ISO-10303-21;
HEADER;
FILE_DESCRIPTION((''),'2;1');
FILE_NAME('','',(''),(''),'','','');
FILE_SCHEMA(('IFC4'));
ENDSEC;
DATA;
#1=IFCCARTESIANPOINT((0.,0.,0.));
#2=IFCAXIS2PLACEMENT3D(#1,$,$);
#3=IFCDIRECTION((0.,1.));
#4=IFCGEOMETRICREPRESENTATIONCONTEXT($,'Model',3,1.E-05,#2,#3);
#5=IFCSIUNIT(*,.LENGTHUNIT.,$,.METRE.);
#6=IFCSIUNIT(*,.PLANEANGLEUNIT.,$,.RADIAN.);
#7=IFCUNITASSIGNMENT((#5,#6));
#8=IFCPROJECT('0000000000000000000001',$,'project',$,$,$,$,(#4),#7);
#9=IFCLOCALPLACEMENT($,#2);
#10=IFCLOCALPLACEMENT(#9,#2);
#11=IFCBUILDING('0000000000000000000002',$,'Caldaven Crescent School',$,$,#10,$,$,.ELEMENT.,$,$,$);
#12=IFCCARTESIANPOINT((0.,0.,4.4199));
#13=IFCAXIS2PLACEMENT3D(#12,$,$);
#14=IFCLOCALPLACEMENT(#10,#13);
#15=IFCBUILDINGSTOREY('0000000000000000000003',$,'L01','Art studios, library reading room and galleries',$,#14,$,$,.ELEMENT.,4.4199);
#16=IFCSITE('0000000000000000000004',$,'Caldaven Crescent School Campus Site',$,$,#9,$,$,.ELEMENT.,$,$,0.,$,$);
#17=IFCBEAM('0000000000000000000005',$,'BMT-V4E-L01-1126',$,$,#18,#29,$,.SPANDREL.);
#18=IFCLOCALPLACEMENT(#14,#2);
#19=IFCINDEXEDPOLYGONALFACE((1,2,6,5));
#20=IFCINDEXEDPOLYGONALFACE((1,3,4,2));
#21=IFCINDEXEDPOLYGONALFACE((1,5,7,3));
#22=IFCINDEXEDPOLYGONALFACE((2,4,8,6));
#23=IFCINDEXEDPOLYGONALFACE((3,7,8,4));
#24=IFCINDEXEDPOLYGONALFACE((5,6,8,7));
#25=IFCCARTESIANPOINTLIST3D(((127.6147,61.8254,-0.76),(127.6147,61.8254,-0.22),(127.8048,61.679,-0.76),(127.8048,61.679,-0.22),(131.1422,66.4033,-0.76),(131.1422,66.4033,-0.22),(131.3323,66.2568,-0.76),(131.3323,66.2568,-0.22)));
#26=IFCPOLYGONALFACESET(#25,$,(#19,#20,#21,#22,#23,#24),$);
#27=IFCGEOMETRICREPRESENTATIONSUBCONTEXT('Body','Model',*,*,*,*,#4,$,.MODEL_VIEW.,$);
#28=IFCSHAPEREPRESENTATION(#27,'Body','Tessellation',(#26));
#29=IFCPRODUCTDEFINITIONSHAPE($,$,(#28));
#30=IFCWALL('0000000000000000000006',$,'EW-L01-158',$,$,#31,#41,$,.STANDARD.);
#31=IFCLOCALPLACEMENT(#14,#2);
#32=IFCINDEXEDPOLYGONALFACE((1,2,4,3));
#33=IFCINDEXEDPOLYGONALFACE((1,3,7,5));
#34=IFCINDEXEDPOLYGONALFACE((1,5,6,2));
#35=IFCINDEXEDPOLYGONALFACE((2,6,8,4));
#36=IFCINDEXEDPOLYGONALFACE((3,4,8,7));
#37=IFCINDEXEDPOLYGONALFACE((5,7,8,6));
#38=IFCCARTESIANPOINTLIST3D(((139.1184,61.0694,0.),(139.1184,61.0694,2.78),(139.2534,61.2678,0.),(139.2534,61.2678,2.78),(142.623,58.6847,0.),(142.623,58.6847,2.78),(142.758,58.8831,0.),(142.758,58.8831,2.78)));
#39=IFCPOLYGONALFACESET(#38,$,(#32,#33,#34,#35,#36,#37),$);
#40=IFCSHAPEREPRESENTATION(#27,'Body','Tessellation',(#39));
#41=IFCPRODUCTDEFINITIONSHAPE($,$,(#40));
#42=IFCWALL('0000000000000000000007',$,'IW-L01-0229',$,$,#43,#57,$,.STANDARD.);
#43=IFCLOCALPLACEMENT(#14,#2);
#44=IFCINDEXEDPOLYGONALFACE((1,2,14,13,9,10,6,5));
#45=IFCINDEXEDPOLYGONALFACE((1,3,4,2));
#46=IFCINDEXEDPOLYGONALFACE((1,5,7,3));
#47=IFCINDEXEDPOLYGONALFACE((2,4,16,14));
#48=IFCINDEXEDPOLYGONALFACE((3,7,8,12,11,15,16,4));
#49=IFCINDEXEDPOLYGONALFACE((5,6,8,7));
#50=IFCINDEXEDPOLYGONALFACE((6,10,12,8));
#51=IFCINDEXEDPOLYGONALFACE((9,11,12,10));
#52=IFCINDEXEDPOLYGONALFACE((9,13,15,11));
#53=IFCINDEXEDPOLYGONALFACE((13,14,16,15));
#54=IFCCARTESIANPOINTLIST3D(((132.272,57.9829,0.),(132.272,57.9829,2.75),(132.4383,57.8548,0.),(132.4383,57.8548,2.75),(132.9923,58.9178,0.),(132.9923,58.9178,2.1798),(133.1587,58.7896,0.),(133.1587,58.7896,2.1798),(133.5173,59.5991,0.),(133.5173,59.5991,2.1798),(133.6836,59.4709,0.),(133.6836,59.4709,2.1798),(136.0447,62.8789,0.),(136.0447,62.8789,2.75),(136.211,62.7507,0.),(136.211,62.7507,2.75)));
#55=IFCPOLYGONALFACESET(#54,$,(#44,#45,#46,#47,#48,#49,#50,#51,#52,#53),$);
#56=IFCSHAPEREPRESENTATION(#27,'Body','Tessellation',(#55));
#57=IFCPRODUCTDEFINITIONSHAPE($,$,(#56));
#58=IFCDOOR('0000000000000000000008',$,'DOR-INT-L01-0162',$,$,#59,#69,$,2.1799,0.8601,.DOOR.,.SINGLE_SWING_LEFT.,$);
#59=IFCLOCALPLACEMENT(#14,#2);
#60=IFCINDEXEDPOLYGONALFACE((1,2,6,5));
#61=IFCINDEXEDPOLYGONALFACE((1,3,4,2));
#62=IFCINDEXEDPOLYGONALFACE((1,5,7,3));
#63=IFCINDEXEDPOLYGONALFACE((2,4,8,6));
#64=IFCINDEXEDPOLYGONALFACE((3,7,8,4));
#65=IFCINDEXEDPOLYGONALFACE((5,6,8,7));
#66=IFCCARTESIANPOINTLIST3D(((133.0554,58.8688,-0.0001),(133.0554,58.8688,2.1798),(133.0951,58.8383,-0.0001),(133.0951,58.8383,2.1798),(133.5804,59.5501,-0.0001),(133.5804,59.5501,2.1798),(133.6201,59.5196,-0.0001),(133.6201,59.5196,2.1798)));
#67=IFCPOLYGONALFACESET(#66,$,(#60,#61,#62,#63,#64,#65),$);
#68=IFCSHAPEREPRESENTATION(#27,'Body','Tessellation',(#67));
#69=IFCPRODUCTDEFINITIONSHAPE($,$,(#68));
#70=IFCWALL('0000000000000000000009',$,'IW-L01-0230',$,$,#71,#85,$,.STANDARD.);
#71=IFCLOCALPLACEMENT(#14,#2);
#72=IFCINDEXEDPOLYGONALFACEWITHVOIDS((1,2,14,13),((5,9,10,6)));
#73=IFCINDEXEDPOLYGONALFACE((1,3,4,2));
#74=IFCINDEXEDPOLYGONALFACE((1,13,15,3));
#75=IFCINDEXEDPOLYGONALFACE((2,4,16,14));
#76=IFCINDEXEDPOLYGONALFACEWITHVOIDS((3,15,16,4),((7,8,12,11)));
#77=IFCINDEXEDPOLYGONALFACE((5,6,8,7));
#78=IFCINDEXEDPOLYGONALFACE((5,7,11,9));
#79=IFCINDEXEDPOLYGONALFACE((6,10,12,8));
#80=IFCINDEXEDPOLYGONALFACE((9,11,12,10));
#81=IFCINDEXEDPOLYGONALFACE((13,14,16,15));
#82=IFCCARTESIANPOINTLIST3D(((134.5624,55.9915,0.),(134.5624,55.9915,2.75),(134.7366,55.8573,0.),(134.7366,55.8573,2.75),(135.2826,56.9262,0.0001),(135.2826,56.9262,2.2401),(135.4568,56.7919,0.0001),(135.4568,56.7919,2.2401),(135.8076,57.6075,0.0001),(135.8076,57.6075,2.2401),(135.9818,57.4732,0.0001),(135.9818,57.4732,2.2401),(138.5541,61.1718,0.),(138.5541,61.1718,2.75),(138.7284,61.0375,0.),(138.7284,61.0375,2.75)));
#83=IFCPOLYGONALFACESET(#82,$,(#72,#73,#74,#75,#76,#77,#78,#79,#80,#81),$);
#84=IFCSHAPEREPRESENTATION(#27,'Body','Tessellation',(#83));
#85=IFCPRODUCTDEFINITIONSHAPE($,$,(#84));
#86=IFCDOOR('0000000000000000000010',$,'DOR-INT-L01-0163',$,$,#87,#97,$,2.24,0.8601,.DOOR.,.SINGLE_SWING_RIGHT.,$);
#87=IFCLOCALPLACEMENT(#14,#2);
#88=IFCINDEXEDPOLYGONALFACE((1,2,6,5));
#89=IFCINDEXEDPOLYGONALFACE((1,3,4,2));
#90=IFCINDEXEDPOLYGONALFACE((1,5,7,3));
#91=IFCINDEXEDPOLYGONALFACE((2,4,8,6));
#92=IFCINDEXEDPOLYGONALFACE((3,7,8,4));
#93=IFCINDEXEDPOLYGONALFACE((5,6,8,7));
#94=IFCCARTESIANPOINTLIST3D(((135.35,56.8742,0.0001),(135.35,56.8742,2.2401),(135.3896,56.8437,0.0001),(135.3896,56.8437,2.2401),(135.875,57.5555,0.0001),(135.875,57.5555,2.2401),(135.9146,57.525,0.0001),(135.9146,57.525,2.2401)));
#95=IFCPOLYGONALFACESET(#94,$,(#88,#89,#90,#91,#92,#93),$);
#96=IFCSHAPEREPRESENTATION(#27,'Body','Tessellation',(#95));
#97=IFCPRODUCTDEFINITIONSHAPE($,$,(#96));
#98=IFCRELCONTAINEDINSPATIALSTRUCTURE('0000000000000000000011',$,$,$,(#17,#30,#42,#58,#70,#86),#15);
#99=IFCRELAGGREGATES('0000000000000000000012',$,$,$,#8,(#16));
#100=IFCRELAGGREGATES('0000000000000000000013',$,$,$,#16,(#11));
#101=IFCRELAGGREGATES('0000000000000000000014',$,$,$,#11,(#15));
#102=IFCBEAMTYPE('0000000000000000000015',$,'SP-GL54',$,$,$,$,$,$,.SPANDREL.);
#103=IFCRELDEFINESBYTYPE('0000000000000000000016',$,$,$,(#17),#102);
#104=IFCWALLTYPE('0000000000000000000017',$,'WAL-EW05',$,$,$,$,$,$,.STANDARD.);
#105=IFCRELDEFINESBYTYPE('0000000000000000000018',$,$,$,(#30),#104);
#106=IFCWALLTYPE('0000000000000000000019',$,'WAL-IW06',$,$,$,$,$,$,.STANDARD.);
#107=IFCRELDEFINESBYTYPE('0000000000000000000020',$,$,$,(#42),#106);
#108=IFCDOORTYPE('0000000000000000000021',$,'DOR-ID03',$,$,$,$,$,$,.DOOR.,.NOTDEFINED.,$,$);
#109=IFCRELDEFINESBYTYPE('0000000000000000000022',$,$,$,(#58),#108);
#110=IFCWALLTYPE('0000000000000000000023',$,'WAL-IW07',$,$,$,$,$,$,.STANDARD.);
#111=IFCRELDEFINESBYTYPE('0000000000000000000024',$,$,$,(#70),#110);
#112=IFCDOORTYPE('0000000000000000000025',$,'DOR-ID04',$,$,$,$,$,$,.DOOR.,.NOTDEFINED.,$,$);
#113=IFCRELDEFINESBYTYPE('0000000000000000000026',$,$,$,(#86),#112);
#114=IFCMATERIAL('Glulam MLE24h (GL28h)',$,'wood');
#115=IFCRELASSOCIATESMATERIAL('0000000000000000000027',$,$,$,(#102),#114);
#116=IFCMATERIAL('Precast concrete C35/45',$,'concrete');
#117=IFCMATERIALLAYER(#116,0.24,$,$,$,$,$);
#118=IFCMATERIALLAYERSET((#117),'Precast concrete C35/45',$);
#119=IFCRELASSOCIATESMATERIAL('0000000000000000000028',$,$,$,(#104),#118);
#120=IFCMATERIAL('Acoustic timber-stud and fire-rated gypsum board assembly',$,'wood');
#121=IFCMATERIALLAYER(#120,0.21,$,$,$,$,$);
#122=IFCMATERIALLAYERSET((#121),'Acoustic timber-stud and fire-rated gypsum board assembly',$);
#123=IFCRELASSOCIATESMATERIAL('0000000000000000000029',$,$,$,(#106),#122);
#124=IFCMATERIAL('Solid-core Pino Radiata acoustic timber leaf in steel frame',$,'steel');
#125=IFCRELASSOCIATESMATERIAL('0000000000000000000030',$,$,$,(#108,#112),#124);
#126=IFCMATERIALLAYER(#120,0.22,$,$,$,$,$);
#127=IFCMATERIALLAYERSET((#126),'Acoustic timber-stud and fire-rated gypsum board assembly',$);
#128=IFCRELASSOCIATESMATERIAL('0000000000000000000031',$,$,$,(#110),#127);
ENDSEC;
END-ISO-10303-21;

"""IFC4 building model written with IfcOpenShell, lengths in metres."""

from ifc_helpers import new_model, si_unit, direction, frame, frame_2d, origin, origin_2d, place, context, subcontext, project, spatial, rectangle, extrude, material, layer, layer_set, material_profile, profile_set, type_object, element, fill, save


model = new_model("IFC4")

# Units and contexts
model_context = context("Model", 3, precision=1e-05, world=origin(), true_north=direction((0.0, 1.0)))
body_context = subcontext(model_context, "Body", "Model", "MODEL_VIEW")
ifc_project = project(units=[si_unit("LENGTHUNIT", "METRE"), si_unit("PLANEANGLEUNIT", "RADIAN")], contexts=[model_context])

# Site, building, storey
site_placement = place(None, origin())
site = spatial("IfcSite", under=ifc_project, at=site_placement, Name="Caldaven Crescent School Campus Site", CompositionType="ELEMENT", RefElevation=0.0)
building_placement = place(site_placement, origin())
building = spatial("IfcBuilding", under=site, at=building_placement, Name="Caldaven Crescent School", CompositionType="ELEMENT")
storey_placement = place(building_placement, frame((0.0, 0.0, 4.4199)))
storey = spatial("IfcBuildingStorey", under=building, at=storey_placement, Name="L01", Description="Art studios, library reading room and galleries", CompositionType="ELEMENT", Elevation=4.4199)

# Shared definitions
ifc_material_1 = material(Name="Glulam MLE24h (GL28h)", Category="wood")

# Beam
ifc_material_profile_1 = material_profile(ifc_material_1, rectangle(XDim=0.24, YDim=0.54, at=origin_2d()), Name="MLE 240x540")
ifc_profile_set_1 = profile_set([ifc_material_profile_1], Name="Glulam MLE24h (GL28h)")
beam_type_1 = type_object("IfcBeamType", Name="SP-GL54", PredefinedType="SPANDREL", material=ifc_profile_set_1)
beam_1_placement = place(storey_placement, frame((127.7097, 61.7522, -0.49), z_axis=(0.610378, 0.79211, 0.0), x_axis=(-0.79211, 0.610378, 0.0)))
element("IfcBeam", 1, at=beam_1_placement, inside=storey, type_object=beam_type_1, Name="BMT-V4E-L01-1126", PredefinedType="SPANDREL", context=body_context, shape_type="SweptSolid", body=[
    extrude(rectangle(XDim=0.24, YDim=0.54, at=origin_2d()), origin(), (0.0, 0.0, 1.0), 5.7793),
])

# Wall
ifc_material_2 = material(Name="Precast concrete C35/45", Category="concrete")
ifc_layer_1 = layer(ifc_material_2, 0.24)
ifc_layer_set_1 = layer_set([ifc_layer_1], Name="Precast concrete C35/45")
wall_type_1 = type_object("IfcWallType", Name="WAL-EW05", PredefinedType="STANDARD", material=ifc_layer_set_1)
wall_1_placement = place(storey_placement, frame((139.1858, 61.1687, 0.0), z_axis=(0.0, 0.0, 1.0), x_axis=(0.82675, -0.56257, 0.0)))
element("IfcWall", 2, at=wall_1_placement, inside=storey, type_object=wall_type_1, Name="EW-L01-158", PredefinedType="STANDARD", context=body_context, shape_type="SweptSolid", body=[
    extrude(rectangle(XDim=4.239, YDim=0.24, at=frame_2d((2.1196, 0.0))), origin(), (0.0, 0.0, 1.0), 2.78),
])

# Walls, openings, doors
ifc_material_3 = material(Name="Acoustic timber-stud and fire-rated gypsum board assembly", Category="wood")
ifc_layer_2 = layer(ifc_material_3, 0.21)
ifc_layer_set_2 = layer_set([ifc_layer_2], Name="Acoustic timber-stud and fire-rated gypsum board assembly")
wall_type_2 = type_object("IfcWallType", Name="WAL-IW06", PredefinedType="STANDARD", material=ifc_layer_set_2)
wall_2_placement = place(storey_placement, frame((132.3552, 57.9189, 0.0), z_axis=(0.0, 0.0, 1.0), x_axis=(0.610377, 0.792111, 0.0)))
wall_2 = element("IfcWall", 3, at=wall_2_placement, inside=storey, type_object=wall_type_2, Name="IW-L01-0229", PredefinedType="STANDARD", context=body_context, shape_type="SweptSolid", body=[
    extrude(rectangle(XDim=6.1809, YDim=0.21, at=frame_2d((3.0903, 0.0))), origin(), (0.0, 0.0, 1.0), 2.75),
])
opening_1_placement = place(wall_2_placement, frame((1.1799, 0.0, 0.0)))
opening_1 = element("IfcOpeningElement", 4, at=opening_1_placement, cuts=wall_2, PredefinedType="OPENING", context=body_context, shape_type="SweptSolid", body=[
    extrude(rectangle(XDim=0.8601, YDim=2.1799, at=frame_2d((0.4302, 1.0898))), frame((0.0, 0.115, 0.0), z_axis=(0.0, -1.0, 0.0), x_axis=(1.0, 0.0, 0.0)), (0.0, 0.0, 1.0), 0.23),
])
ifc_material_4 = material(Name="Solid-core Pino Radiata acoustic timber leaf in steel frame", Category="steel")
door_type_1 = type_object("IfcDoorType", Name="DOR-ID03", OperationType="NOTDEFINED", PredefinedType="DOOR", material=ifc_material_4)
door_1_placement = place(opening_1_placement, frame((0.8601, 0.0, 0.0), z_axis=(0.0, 0.0, 1.0), x_axis=(-1.0, 0.0, 0.0)))
door_1 = element("IfcDoor", 5, at=door_1_placement, inside=storey, type_object=door_type_1, Name="DOR-INT-L01-0162", OperationType="SINGLE_SWING_LEFT", OverallHeight=2.1799, OverallWidth=0.8601, PredefinedType="DOOR", context=body_context, shape_type="SweptSolid", body=[
    extrude(rectangle(XDim=0.8601, YDim=2.1799, at=frame_2d((0.4302, 1.0898))), frame((0.0, 0.0249, 0.0), z_axis=(0.0, -1.0, 0.0), x_axis=(1.0, 0.0, 0.0)), (0.0, 0.0, 1.0), 0.05),
])
fill(opening_1, door_1)
ifc_layer_3 = layer(ifc_material_3, 0.22)
ifc_layer_set_3 = layer_set([ifc_layer_3], Name="Acoustic timber-stud and fire-rated gypsum board assembly")
wall_type_3 = type_object("IfcWallType", Name="WAL-IW07", PredefinedType="STANDARD", material=ifc_layer_set_3)
wall_3_placement = place(storey_placement, frame((134.6494, 55.9243, 0.0), z_axis=(0.0, 0.0, 1.0), x_axis=(0.610378, 0.79211, 0.0)))
wall_3 = element("IfcWall", 6, at=wall_3_placement, inside=storey, type_object=wall_type_3, Name="IW-L01-0230", PredefinedType="STANDARD", context=body_context, shape_type="SweptSolid", body=[
    extrude(rectangle(XDim=6.5398, YDim=0.22, at=frame_2d((3.27, 0.0))), origin(), (0.0, 0.0, 1.0), 2.75),
])
opening_2_placement = place(wall_3_placement, frame((1.1799, 0.0, 0.0)))
opening_2 = element("IfcOpeningElement", 7, at=opening_2_placement, cuts=wall_3, PredefinedType="OPENING", context=body_context, shape_type="SweptSolid", body=[
    extrude(rectangle(XDim=0.8601, YDim=2.24, at=frame_2d((0.4302, 1.1201))), frame((0.0, 0.1199, 0.0), z_axis=(0.0, -1.0, 0.0), x_axis=(1.0, 0.0, 0.0)), (0.0, 0.0, 1.0), 0.24),
])
door_type_2 = type_object("IfcDoorType", Name="DOR-ID04", OperationType="NOTDEFINED", PredefinedType="DOOR", material=ifc_material_4)
door_2_placement = place(opening_2_placement, origin())
door_2 = element("IfcDoor", 8, at=door_2_placement, inside=storey, type_object=door_type_2, Name="DOR-INT-L01-0163", OperationType="SINGLE_SWING_RIGHT", OverallHeight=2.24, OverallWidth=0.8601, PredefinedType="DOOR", context=body_context, shape_type="SweptSolid", body=[
    extrude(rectangle(XDim=0.8601, YDim=2.24, at=frame_2d((0.4302, 1.1201))), frame((0.0, 0.0249, 0.0), z_axis=(0.0, -1.0, 0.0), x_axis=(1.0, 0.0, 0.0)), (0.0, 0.0, 1.0), 0.05),
])
fill(opening_2, door_2)

save(model, "model.ifc")
